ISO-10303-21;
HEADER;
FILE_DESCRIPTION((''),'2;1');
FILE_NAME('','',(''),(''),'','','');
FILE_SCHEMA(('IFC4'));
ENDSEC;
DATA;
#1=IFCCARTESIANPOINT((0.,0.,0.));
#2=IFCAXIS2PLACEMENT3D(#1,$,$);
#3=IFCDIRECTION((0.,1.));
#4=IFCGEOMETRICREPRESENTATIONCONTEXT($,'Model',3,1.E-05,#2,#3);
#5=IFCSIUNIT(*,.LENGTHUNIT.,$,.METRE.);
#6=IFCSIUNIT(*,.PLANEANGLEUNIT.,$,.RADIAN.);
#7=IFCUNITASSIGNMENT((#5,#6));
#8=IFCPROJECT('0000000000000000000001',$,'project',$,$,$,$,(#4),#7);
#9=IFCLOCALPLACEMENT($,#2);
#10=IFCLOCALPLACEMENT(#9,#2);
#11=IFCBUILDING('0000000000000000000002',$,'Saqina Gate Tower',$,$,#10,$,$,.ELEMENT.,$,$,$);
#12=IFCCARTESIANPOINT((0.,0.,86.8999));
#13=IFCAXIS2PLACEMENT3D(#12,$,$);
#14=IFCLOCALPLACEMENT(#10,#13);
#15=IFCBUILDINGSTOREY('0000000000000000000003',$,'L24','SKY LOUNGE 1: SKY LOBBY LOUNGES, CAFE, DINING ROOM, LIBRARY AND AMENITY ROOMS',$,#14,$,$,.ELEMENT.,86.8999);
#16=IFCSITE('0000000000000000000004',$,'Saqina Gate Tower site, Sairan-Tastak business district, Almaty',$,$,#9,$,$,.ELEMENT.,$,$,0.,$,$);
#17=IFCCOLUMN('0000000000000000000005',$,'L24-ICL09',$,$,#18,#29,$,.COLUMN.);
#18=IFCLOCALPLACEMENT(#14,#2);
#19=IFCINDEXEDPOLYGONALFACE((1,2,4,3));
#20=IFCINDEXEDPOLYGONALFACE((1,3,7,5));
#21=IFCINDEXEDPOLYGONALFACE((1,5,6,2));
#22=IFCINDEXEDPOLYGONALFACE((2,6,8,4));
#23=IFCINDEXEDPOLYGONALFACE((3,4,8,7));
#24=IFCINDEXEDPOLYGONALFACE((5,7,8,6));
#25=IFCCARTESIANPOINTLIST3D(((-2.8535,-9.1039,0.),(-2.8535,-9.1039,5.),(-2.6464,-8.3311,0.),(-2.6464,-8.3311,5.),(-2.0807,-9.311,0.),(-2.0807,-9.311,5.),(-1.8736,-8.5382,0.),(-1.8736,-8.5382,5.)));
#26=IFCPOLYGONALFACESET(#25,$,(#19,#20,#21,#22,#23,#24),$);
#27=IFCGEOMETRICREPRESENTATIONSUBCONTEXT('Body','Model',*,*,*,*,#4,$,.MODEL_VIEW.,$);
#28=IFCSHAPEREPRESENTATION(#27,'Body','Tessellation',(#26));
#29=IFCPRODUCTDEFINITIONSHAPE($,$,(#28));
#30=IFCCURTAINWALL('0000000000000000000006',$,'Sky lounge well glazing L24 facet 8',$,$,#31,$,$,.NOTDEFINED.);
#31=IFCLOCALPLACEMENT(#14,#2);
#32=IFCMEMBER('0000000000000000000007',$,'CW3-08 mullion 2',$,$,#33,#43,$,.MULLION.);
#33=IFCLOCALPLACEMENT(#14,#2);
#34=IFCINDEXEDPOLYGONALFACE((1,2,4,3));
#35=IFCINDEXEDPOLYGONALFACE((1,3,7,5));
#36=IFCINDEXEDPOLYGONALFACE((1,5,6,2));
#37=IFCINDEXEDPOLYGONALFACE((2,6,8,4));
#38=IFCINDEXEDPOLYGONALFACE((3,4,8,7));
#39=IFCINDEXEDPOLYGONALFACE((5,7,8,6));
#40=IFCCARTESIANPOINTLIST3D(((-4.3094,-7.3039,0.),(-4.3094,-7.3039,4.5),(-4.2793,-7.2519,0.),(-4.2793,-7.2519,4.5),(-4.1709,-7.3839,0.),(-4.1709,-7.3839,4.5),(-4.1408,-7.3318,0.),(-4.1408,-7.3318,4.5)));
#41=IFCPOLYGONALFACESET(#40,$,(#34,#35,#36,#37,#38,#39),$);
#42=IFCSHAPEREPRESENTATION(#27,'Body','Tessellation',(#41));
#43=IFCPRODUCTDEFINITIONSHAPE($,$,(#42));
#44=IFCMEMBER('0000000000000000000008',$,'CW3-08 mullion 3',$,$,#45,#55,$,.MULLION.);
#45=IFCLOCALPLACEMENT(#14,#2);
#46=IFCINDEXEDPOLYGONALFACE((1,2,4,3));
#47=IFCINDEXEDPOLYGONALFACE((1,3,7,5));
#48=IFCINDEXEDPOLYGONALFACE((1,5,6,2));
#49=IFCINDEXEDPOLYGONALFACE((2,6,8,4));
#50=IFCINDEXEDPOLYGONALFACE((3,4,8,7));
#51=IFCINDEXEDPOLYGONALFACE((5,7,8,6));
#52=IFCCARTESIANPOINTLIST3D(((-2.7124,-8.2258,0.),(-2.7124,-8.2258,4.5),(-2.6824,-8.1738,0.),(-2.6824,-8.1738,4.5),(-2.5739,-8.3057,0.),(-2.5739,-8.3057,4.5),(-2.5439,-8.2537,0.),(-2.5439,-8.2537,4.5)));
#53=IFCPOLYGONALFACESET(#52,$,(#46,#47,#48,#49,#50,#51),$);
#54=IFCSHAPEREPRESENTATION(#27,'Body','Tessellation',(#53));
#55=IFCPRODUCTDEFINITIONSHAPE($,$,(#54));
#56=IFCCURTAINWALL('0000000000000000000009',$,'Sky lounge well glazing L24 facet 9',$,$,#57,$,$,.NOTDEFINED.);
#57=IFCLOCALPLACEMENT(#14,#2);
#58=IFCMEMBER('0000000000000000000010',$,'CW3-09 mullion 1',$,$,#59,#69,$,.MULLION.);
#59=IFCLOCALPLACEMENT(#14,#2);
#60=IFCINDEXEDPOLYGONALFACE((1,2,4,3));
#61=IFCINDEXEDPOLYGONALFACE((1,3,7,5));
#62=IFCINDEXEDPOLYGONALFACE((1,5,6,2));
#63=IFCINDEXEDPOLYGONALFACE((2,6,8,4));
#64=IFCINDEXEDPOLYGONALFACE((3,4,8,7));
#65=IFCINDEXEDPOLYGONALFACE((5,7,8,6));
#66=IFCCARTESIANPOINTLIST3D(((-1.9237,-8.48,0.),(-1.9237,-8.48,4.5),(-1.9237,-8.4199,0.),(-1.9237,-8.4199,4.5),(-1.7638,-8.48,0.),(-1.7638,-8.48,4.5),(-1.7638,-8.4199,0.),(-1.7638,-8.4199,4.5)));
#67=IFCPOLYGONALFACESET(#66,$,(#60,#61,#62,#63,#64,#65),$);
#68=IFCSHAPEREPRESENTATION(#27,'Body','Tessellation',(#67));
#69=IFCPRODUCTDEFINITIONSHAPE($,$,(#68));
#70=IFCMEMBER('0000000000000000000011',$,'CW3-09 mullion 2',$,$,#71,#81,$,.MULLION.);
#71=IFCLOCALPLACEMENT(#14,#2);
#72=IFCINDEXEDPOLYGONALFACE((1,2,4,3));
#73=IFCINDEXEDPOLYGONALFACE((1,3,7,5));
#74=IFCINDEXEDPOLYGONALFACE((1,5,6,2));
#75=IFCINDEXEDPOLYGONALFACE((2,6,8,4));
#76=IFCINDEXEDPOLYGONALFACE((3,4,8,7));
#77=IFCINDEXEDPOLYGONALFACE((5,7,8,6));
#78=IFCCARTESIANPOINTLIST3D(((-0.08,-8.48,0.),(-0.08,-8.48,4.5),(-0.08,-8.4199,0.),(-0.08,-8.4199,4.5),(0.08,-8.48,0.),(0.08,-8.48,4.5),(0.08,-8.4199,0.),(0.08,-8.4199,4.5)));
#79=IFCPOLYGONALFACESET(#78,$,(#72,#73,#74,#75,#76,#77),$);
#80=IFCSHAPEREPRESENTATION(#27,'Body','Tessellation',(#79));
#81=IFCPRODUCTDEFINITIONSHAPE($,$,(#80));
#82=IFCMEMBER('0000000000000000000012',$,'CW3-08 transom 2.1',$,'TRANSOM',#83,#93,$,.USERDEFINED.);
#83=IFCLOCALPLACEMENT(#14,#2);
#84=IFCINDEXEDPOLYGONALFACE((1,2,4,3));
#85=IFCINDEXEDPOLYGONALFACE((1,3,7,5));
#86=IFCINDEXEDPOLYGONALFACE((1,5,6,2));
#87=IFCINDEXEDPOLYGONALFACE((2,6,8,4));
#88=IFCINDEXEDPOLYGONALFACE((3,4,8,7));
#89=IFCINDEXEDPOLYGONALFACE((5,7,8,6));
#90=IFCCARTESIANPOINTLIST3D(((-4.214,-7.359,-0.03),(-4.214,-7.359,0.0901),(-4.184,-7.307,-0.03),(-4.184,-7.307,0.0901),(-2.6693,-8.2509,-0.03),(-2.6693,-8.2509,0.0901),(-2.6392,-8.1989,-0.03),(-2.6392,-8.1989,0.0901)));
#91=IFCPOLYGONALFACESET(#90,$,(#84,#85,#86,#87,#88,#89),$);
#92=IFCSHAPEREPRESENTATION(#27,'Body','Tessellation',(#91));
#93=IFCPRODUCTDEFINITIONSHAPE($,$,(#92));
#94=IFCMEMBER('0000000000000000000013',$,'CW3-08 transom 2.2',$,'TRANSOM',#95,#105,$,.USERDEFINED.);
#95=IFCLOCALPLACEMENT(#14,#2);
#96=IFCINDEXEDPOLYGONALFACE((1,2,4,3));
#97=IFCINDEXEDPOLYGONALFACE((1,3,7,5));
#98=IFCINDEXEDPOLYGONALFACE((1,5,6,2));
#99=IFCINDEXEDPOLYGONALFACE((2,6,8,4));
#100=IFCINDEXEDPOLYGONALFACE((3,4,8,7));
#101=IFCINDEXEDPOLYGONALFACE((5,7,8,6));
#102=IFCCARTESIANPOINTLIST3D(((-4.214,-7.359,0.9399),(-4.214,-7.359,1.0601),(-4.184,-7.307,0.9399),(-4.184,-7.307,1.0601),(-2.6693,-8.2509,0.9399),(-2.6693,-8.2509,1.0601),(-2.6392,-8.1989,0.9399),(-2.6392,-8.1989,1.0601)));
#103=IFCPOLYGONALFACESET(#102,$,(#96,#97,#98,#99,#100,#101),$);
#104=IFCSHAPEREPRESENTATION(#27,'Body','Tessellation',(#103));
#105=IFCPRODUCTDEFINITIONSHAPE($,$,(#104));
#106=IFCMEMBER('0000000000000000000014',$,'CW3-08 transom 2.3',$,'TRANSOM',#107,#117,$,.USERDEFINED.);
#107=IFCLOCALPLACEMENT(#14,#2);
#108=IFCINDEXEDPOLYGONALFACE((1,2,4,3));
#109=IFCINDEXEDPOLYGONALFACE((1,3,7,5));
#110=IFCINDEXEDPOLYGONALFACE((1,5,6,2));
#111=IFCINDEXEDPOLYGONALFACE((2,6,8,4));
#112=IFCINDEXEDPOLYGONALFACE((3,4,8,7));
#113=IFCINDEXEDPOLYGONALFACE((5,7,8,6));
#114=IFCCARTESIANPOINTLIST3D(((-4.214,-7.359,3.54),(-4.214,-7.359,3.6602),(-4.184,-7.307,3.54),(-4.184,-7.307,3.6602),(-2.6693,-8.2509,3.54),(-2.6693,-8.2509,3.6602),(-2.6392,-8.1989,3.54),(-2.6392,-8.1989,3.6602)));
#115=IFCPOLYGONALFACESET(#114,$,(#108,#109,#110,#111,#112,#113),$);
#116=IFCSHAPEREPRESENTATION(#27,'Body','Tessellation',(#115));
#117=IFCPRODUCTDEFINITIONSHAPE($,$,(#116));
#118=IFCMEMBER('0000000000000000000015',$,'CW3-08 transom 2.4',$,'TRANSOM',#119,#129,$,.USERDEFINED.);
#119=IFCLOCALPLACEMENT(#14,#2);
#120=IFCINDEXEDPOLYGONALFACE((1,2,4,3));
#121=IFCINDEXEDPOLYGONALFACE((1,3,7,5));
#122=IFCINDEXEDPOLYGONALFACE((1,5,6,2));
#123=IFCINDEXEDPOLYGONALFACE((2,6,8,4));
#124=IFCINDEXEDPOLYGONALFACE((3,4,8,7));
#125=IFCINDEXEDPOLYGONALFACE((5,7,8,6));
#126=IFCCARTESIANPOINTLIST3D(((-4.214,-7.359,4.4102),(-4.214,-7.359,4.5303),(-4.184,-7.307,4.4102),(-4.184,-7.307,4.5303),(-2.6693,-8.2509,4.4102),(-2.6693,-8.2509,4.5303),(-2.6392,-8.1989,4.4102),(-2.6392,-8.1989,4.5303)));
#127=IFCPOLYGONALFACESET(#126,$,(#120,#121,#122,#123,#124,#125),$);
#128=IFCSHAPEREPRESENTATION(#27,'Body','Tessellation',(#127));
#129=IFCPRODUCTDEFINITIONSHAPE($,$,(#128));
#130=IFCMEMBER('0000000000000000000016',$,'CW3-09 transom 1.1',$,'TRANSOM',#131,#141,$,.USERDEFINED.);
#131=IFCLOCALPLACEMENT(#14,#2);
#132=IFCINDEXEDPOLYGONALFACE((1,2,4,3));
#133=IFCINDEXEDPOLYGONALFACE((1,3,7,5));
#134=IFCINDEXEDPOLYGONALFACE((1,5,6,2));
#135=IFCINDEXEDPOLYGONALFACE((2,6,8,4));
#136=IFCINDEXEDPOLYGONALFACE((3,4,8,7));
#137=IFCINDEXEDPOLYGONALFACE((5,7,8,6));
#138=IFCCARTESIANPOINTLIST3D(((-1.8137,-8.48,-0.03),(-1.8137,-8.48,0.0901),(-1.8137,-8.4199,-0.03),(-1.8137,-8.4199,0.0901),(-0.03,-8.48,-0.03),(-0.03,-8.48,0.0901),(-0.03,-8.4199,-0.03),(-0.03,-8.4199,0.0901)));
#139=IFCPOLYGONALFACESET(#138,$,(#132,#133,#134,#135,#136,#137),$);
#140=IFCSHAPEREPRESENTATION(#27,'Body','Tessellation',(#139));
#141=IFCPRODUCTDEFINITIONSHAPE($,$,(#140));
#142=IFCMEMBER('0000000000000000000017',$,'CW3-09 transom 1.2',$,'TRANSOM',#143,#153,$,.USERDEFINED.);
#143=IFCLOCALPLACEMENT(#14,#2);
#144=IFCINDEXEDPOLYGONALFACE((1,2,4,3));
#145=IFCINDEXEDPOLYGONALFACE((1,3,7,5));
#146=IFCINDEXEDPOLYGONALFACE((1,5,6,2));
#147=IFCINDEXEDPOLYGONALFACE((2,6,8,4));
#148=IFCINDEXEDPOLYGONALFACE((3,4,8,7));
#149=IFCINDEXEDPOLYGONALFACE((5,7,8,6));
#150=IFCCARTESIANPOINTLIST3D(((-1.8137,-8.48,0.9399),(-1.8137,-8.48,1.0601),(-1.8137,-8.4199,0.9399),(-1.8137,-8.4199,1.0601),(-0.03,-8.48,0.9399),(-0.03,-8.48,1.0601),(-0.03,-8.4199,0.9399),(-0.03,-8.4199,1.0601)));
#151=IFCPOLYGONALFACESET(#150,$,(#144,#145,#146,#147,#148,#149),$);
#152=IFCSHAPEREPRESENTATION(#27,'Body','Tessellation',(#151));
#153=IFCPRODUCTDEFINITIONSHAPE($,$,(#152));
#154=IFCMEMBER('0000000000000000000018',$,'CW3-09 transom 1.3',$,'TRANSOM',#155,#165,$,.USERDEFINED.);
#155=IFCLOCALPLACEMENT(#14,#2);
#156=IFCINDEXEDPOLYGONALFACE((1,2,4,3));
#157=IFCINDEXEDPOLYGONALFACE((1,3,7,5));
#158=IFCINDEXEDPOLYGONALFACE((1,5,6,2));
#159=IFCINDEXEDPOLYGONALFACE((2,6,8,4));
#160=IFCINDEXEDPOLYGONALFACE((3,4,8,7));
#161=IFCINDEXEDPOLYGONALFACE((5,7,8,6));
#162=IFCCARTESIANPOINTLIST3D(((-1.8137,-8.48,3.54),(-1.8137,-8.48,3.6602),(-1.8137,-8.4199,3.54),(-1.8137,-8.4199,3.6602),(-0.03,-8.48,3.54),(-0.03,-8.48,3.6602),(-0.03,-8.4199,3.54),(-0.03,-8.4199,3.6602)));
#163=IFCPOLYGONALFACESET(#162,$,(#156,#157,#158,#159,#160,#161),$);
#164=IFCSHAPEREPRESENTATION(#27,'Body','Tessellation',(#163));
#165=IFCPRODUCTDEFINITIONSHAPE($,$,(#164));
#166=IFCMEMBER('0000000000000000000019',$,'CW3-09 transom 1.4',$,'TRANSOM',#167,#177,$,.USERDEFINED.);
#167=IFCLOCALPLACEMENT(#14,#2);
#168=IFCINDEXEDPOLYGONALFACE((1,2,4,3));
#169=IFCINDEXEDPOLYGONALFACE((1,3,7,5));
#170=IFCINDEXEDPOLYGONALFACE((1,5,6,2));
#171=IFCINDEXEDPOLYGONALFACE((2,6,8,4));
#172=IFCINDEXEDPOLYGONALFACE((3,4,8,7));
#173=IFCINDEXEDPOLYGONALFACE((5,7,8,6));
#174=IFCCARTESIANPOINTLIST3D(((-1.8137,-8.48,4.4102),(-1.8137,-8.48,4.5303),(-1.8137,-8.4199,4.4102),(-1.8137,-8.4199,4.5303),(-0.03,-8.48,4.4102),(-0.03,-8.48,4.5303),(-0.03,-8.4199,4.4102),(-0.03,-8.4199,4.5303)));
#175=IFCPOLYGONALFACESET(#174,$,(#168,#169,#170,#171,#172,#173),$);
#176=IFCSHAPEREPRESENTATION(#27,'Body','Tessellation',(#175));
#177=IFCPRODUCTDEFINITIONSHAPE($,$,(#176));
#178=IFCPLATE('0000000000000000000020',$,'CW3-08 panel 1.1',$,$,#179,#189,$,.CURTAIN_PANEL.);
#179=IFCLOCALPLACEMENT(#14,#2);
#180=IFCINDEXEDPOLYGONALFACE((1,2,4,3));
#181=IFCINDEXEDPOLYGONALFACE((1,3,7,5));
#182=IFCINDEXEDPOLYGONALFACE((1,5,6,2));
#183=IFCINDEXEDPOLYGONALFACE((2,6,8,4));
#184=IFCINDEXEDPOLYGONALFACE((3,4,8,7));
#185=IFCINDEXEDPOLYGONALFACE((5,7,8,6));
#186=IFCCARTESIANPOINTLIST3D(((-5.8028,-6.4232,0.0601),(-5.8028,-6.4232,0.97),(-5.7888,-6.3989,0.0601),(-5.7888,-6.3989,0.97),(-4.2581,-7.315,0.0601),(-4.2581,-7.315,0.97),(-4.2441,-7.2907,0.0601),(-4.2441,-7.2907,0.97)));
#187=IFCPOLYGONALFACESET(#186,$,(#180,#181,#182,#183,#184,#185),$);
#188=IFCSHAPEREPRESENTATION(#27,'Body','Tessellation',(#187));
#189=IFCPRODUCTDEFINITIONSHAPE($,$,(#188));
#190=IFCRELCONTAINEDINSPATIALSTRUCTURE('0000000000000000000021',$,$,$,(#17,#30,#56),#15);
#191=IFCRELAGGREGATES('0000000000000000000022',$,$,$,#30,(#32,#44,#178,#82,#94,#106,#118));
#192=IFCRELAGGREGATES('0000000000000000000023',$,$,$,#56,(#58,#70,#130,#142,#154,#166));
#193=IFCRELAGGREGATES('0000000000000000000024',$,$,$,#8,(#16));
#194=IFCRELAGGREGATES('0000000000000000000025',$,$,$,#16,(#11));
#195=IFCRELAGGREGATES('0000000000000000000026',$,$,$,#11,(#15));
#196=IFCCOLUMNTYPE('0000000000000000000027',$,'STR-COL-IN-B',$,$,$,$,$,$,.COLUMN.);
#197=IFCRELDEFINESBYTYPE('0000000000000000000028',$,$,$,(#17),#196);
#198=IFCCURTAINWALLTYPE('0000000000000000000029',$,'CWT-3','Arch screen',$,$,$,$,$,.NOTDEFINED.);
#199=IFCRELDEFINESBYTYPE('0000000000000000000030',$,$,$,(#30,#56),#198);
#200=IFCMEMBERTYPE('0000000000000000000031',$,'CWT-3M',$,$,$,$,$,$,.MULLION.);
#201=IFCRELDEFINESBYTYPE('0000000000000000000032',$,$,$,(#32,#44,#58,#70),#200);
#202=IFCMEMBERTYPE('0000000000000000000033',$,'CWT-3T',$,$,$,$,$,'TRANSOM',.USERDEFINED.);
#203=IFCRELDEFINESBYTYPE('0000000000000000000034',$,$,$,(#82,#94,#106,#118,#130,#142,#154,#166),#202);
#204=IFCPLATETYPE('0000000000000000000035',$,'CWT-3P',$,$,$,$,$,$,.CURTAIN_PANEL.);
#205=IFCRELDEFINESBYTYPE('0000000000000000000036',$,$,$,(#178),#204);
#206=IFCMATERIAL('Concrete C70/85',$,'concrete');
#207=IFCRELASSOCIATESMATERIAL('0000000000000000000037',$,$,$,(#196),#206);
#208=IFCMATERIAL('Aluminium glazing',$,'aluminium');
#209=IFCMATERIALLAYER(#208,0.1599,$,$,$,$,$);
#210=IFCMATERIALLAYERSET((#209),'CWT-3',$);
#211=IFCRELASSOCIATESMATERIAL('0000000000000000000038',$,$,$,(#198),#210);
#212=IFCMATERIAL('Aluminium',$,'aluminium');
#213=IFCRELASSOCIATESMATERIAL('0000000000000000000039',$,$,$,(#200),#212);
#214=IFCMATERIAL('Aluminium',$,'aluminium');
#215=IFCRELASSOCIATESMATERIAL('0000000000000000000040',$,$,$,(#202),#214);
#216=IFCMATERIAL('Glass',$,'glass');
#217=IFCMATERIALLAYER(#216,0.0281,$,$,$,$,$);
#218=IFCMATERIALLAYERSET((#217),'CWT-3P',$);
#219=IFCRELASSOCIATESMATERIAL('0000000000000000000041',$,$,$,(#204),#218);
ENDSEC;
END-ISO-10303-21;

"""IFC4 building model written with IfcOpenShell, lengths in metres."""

from ifc_helpers import new_model, si_unit, direction, frame, origin, origin_2d, place, context, subcontext, project, spatial, rectangle, extrude, material, layer, layer_set, material_profile, profile_set, type_object, element, aggregate, save


model = new_model("IFC4")

# Units and contexts
model_context = context("Model", 3, precision=1e-05, world=origin(), true_north=direction((0.0, 1.0)))
body_context = subcontext(model_context, "Body", "Model", "MODEL_VIEW")
ifc_project = project(units=[si_unit("LENGTHUNIT", "METRE"), si_unit("PLANEANGLEUNIT", "RADIAN")], contexts=[model_context])

# Site, building, storey
site_placement = place(None, origin())
site = spatial("IfcSite", under=ifc_project, at=site_placement, Name="Saqina Gate Tower site, Sairan-Tastak business district, Almaty", CompositionType="ELEMENT", RefElevation=0.0)
building_placement = place(site_placement, origin())
building = spatial("IfcBuilding", under=site, at=building_placement, Name="Saqina Gate Tower", CompositionType="ELEMENT")
storey_placement = place(building_placement, frame((0.0, 0.0, 86.8999)))
storey = spatial("IfcBuildingStorey", under=building, at=storey_placement, Name="L24", Description="SKY LOUNGE 1: SKY LOBBY LOUNGES, CAFE, DINING ROOM, LIBRARY AND AMENITY ROOMS", CompositionType="ELEMENT", Elevation=86.8999)

# Column
ifc_material_1 = material(Name="Concrete C70/85", Category="concrete")
ifc_material_profile_1 = material_profile(ifc_material_1, rectangle(XDim=0.8, YDim=0.8, at=origin_2d()), Name="RC 800x800")
ifc_profile_set_1 = profile_set([ifc_material_profile_1], Name="Concrete C70/85")
column_type = type_object("IfcColumnType", Name="STR-COL-IN-B", PredefinedType="COLUMN", material=ifc_profile_set_1)
column_placement = place(storey_placement, frame((-2.3635, -8.821, 0.0), z_axis=(0.0, 0.0, 1.0), x_axis=(-0.258819, -0.965926, 0.0)))
element("IfcColumn", 1, at=column_placement, inside=storey, type_object=column_type, Name="L24-ICL09", PredefinedType="COLUMN", context=body_context, shape_type="SweptSolid", body=[
    extrude(rectangle(XDim=0.8, YDim=0.8, at=origin_2d()), origin(), (0.0, 0.0, 1.0), 5.0),
])

# Curtain walls, members
ifc_material_2 = material(Name="Aluminium glazing", Category="aluminium")
ifc_layer_1 = layer(ifc_material_2, 0.1599)
ifc_layer_set_1 = layer_set([ifc_layer_1], Name="CWT-3")
curtain_wall_type = type_object("IfcCurtainWallType", Name="CWT-3", Description="Arch screen", PredefinedType="NOTDEFINED", material=ifc_layer_set_1)
curtain_wall_1_placement = place(storey_placement, origin())
curtain_wall_1 = element("IfcCurtainWall", 2, at=curtain_wall_1_placement, inside=storey, type_object=curtain_wall_type, Name="Sky lounge well glazing L24 facet 8", PredefinedType="NOTDEFINED")
ifc_material_3 = material(Name="Aluminium", Category="aluminium")
ifc_material_profile_2 = material_profile(ifc_material_3, rectangle(XDim=0.0601, YDim=0.1599, at=origin_2d()), Name="Aluminium 60x160")
ifc_profile_set_2 = profile_set([ifc_material_profile_2], Name="Aluminium")
member_type_1 = type_object("IfcMemberType", Name="CWT-3M", PredefinedType="MULLION", material=ifc_profile_set_2)
member_1_placement = place(storey_placement, frame((-4.2251, -7.3179, 0.0), z_axis=(0.0, 0.0, 1.0), x_axis=(0.499993, 0.866029, 0.0)))
member_1 = element("IfcMember", 3, at=member_1_placement, type_object=member_type_1, Name="CW3-08 mullion 2", PredefinedType="MULLION", context=body_context, shape_type="SweptSolid", body=[
    extrude(rectangle(XDim=0.0601, YDim=0.1599, at=origin_2d()), origin(), (0.0, 0.0, 1.0), 4.5),
])
member_2_placement = place(storey_placement, frame((-2.6282, -8.2397, 0.0), z_axis=(0.0, 0.0, 1.0), x_axis=(0.499993, 0.866029, 0.0)))
member_2 = element("IfcMember", 4, at=member_2_placement, type_object=member_type_1, Name="CW3-08 mullion 3", PredefinedType="MULLION", context=body_context, shape_type="SweptSolid", body=[
    extrude(rectangle(XDim=0.0601, YDim=0.1599, at=origin_2d()), origin(), (0.0, 0.0, 1.0), 4.5),
])
curtain_wall_2_placement = place(storey_placement, origin())
curtain_wall_2 = element("IfcCurtainWall", 5, at=curtain_wall_2_placement, inside=storey, type_object=curtain_wall_type, Name="Sky lounge well glazing L24 facet 9", PredefinedType="NOTDEFINED")
member_3_placement = place(storey_placement, frame((-1.8438, -8.45, 0.0), z_axis=(0.0, 0.0, 1.0), x_axis=(0.0, 1.0, 0.0)))
member_3 = element("IfcMember", 6, at=member_3_placement, type_object=member_type_1, Name="CW3-09 mullion 1", PredefinedType="MULLION", context=body_context, shape_type="SweptSolid", body=[
    extrude(rectangle(XDim=0.0601, YDim=0.1599, at=origin_2d()), origin(), (0.0, 0.0, 1.0), 4.5),
])
member_4_placement = place(storey_placement, frame((0.0, -8.45, 0.0), z_axis=(0.0, 0.0, 1.0), x_axis=(0.0, 1.0, 0.0)))
member_4 = element("IfcMember", 7, at=member_4_placement, type_object=member_type_1, Name="CW3-09 mullion 2", PredefinedType="MULLION", context=body_context, shape_type="SweptSolid", body=[
    extrude(rectangle(XDim=0.0601, YDim=0.1599, at=origin_2d()), origin(), (0.0, 0.0, 1.0), 4.5),
])

# Members
ifc_material_4 = material(Name="Aluminium", Category="aluminium")
ifc_material_profile_3 = material_profile(ifc_material_4, rectangle(XDim=0.0601, YDim=0.1201, at=origin_2d()), Name="Aluminium 60x120")
ifc_profile_set_3 = profile_set([ifc_material_profile_3], Name="Aluminium")
member_type_2 = type_object("IfcMemberType", Name="CWT-3T", ElementType="TRANSOM", PredefinedType="USERDEFINED", material=ifc_profile_set_3)
member_5_placement = place(storey_placement, frame((-4.199, -7.333, 0.03), z_axis=(0.866019, -0.500011, 0.0), x_axis=(0.500011, 0.866019, 0.0)))
member_5 = element("IfcMember", 8, at=member_5_placement, type_object=member_type_2, Name="CW3-08 transom 2.1", ObjectType="TRANSOM", PredefinedType="USERDEFINED", context=body_context, shape_type="SweptSolid", body=[
    extrude(rectangle(XDim=0.0601, YDim=0.1201, at=origin_2d()), origin(), (0.0, 0.0, 1.0), 1.7837),
])
member_6_placement = place(storey_placement, frame((-4.199, -7.333, 1.0), z_axis=(0.866019, -0.500011, 0.0), x_axis=(0.500011, 0.866019, 0.0)))
member_6 = element("IfcMember", 9, at=member_6_placement, type_object=member_type_2, Name="CW3-08 transom 2.2", ObjectType="TRANSOM", PredefinedType="USERDEFINED", context=body_context, shape_type="SweptSolid", body=[
    extrude(rectangle(XDim=0.0601, YDim=0.1201, at=origin_2d()), origin(), (0.0, 0.0, 1.0), 1.7837),
])
member_7_placement = place(storey_placement, frame((-4.199, -7.333, 3.6001), z_axis=(0.866019, -0.500011, 0.0), x_axis=(0.500011, 0.866019, 0.0)))
member_7 = element("IfcMember", 10, at=member_7_placement, type_object=member_type_2, Name="CW3-08 transom 2.3", ObjectType="TRANSOM", PredefinedType="USERDEFINED", context=body_context, shape_type="SweptSolid", body=[
    extrude(rectangle(XDim=0.0601, YDim=0.1201, at=origin_2d()), origin(), (0.0, 0.0, 1.0), 1.7837),
])
member_8_placement = place(storey_placement, frame((-4.199, -7.333, 4.4702), z_axis=(0.866019, -0.500011, 0.0), x_axis=(0.500011, 0.866019, 0.0)))
member_8 = element("IfcMember", 11, at=member_8_placement, type_object=member_type_2, Name="CW3-08 transom 2.4", ObjectType="TRANSOM", PredefinedType="USERDEFINED", context=body_context, shape_type="SweptSolid", body=[
    extrude(rectangle(XDim=0.0601, YDim=0.1201, at=origin_2d()), origin(), (0.0, 0.0, 1.0), 1.7837),
])
member_9_placement = place(storey_placement, frame((-1.8137, -8.45, 0.03), z_axis=(1.0, 0.0, 0.0), x_axis=(0.0, 1.0, 0.0)))
member_9 = element("IfcMember", 12, at=member_9_placement, type_object=member_type_2, Name="CW3-09 transom 1.1", ObjectType="TRANSOM", PredefinedType="USERDEFINED", context=body_context, shape_type="SweptSolid", body=[
    extrude(rectangle(XDim=0.0601, YDim=0.1201, at=origin_2d()), origin(), (0.0, 0.0, 1.0), 1.7837),
])
member_10_placement = place(storey_placement, frame((-1.8137, -8.45, 1.0), z_axis=(1.0, 0.0, 0.0), x_axis=(0.0, 1.0, 0.0)))
member_10 = element("IfcMember", 13, at=member_10_placement, type_object=member_type_2, Name="CW3-09 transom 1.2", ObjectType="TRANSOM", PredefinedType="USERDEFINED", context=body_context, shape_type="SweptSolid", body=[
    extrude(rectangle(XDim=0.0601, YDim=0.1201, at=origin_2d()), origin(), (0.0, 0.0, 1.0), 1.7837),
])
member_11_placement = place(storey_placement, frame((-1.8137, -8.45, 3.6001), z_axis=(1.0, 0.0, 0.0), x_axis=(0.0, 1.0, 0.0)))
member_11 = element("IfcMember", 14, at=member_11_placement, type_object=member_type_2, Name="CW3-09 transom 1.3", ObjectType="TRANSOM", PredefinedType="USERDEFINED", context=body_context, shape_type="SweptSolid", body=[
    extrude(rectangle(XDim=0.0601, YDim=0.1201, at=origin_2d()), origin(), (0.0, 0.0, 1.0), 1.7837),
])
member_12_placement = place(storey_placement, frame((-1.8137, -8.45, 4.4702), z_axis=(1.0, 0.0, 0.0), x_axis=(0.0, 1.0, 0.0)))
member_12 = element("IfcMember", 15, at=member_12_placement, type_object=member_type_2, Name="CW3-09 transom 1.4", ObjectType="TRANSOM", PredefinedType="USERDEFINED", context=body_context, shape_type="SweptSolid", body=[
    extrude(rectangle(XDim=0.0601, YDim=0.1201, at=origin_2d()), origin(), (0.0, 0.0, 1.0), 1.7837),
])

# Plate
ifc_material_5 = material(Name="Glass", Category="glass")
ifc_layer_2 = layer(ifc_material_5, 0.0281)
ifc_layer_set_2 = layer_set([ifc_layer_2], Name="CWT-3P")
plate_type = type_object("IfcPlateType", Name="CWT-3P", PredefinedType="CURTAIN_PANEL", material=ifc_layer_set_2)
plate_1_placement = place(storey_placement, frame((-5.0234, -6.8569, 0.0601), z_axis=(0.0, 0.0, 1.0), x_axis=(0.866029, -0.499993, 0.0)))
plate_1 = element("IfcPlate", 16, at=plate_1_placement, type_object=plate_type, Name="CW3-08 panel 1.1", PredefinedType="CURTAIN_PANEL", context=body_context, shape_type="SweptSolid", body=[
    extrude(rectangle(XDim=1.7837, YDim=0.0281, at=origin_2d()), origin(), (0.0, 0.0, 1.0), 0.9099),
])
aggregate(curtain_wall_1, [member_1, member_2, plate_1, member_5, member_6, member_7, member_8])
aggregate(curtain_wall_2, [member_3, member_4, member_9, member_10, member_11, member_12])

save(model, "model.ifc")
